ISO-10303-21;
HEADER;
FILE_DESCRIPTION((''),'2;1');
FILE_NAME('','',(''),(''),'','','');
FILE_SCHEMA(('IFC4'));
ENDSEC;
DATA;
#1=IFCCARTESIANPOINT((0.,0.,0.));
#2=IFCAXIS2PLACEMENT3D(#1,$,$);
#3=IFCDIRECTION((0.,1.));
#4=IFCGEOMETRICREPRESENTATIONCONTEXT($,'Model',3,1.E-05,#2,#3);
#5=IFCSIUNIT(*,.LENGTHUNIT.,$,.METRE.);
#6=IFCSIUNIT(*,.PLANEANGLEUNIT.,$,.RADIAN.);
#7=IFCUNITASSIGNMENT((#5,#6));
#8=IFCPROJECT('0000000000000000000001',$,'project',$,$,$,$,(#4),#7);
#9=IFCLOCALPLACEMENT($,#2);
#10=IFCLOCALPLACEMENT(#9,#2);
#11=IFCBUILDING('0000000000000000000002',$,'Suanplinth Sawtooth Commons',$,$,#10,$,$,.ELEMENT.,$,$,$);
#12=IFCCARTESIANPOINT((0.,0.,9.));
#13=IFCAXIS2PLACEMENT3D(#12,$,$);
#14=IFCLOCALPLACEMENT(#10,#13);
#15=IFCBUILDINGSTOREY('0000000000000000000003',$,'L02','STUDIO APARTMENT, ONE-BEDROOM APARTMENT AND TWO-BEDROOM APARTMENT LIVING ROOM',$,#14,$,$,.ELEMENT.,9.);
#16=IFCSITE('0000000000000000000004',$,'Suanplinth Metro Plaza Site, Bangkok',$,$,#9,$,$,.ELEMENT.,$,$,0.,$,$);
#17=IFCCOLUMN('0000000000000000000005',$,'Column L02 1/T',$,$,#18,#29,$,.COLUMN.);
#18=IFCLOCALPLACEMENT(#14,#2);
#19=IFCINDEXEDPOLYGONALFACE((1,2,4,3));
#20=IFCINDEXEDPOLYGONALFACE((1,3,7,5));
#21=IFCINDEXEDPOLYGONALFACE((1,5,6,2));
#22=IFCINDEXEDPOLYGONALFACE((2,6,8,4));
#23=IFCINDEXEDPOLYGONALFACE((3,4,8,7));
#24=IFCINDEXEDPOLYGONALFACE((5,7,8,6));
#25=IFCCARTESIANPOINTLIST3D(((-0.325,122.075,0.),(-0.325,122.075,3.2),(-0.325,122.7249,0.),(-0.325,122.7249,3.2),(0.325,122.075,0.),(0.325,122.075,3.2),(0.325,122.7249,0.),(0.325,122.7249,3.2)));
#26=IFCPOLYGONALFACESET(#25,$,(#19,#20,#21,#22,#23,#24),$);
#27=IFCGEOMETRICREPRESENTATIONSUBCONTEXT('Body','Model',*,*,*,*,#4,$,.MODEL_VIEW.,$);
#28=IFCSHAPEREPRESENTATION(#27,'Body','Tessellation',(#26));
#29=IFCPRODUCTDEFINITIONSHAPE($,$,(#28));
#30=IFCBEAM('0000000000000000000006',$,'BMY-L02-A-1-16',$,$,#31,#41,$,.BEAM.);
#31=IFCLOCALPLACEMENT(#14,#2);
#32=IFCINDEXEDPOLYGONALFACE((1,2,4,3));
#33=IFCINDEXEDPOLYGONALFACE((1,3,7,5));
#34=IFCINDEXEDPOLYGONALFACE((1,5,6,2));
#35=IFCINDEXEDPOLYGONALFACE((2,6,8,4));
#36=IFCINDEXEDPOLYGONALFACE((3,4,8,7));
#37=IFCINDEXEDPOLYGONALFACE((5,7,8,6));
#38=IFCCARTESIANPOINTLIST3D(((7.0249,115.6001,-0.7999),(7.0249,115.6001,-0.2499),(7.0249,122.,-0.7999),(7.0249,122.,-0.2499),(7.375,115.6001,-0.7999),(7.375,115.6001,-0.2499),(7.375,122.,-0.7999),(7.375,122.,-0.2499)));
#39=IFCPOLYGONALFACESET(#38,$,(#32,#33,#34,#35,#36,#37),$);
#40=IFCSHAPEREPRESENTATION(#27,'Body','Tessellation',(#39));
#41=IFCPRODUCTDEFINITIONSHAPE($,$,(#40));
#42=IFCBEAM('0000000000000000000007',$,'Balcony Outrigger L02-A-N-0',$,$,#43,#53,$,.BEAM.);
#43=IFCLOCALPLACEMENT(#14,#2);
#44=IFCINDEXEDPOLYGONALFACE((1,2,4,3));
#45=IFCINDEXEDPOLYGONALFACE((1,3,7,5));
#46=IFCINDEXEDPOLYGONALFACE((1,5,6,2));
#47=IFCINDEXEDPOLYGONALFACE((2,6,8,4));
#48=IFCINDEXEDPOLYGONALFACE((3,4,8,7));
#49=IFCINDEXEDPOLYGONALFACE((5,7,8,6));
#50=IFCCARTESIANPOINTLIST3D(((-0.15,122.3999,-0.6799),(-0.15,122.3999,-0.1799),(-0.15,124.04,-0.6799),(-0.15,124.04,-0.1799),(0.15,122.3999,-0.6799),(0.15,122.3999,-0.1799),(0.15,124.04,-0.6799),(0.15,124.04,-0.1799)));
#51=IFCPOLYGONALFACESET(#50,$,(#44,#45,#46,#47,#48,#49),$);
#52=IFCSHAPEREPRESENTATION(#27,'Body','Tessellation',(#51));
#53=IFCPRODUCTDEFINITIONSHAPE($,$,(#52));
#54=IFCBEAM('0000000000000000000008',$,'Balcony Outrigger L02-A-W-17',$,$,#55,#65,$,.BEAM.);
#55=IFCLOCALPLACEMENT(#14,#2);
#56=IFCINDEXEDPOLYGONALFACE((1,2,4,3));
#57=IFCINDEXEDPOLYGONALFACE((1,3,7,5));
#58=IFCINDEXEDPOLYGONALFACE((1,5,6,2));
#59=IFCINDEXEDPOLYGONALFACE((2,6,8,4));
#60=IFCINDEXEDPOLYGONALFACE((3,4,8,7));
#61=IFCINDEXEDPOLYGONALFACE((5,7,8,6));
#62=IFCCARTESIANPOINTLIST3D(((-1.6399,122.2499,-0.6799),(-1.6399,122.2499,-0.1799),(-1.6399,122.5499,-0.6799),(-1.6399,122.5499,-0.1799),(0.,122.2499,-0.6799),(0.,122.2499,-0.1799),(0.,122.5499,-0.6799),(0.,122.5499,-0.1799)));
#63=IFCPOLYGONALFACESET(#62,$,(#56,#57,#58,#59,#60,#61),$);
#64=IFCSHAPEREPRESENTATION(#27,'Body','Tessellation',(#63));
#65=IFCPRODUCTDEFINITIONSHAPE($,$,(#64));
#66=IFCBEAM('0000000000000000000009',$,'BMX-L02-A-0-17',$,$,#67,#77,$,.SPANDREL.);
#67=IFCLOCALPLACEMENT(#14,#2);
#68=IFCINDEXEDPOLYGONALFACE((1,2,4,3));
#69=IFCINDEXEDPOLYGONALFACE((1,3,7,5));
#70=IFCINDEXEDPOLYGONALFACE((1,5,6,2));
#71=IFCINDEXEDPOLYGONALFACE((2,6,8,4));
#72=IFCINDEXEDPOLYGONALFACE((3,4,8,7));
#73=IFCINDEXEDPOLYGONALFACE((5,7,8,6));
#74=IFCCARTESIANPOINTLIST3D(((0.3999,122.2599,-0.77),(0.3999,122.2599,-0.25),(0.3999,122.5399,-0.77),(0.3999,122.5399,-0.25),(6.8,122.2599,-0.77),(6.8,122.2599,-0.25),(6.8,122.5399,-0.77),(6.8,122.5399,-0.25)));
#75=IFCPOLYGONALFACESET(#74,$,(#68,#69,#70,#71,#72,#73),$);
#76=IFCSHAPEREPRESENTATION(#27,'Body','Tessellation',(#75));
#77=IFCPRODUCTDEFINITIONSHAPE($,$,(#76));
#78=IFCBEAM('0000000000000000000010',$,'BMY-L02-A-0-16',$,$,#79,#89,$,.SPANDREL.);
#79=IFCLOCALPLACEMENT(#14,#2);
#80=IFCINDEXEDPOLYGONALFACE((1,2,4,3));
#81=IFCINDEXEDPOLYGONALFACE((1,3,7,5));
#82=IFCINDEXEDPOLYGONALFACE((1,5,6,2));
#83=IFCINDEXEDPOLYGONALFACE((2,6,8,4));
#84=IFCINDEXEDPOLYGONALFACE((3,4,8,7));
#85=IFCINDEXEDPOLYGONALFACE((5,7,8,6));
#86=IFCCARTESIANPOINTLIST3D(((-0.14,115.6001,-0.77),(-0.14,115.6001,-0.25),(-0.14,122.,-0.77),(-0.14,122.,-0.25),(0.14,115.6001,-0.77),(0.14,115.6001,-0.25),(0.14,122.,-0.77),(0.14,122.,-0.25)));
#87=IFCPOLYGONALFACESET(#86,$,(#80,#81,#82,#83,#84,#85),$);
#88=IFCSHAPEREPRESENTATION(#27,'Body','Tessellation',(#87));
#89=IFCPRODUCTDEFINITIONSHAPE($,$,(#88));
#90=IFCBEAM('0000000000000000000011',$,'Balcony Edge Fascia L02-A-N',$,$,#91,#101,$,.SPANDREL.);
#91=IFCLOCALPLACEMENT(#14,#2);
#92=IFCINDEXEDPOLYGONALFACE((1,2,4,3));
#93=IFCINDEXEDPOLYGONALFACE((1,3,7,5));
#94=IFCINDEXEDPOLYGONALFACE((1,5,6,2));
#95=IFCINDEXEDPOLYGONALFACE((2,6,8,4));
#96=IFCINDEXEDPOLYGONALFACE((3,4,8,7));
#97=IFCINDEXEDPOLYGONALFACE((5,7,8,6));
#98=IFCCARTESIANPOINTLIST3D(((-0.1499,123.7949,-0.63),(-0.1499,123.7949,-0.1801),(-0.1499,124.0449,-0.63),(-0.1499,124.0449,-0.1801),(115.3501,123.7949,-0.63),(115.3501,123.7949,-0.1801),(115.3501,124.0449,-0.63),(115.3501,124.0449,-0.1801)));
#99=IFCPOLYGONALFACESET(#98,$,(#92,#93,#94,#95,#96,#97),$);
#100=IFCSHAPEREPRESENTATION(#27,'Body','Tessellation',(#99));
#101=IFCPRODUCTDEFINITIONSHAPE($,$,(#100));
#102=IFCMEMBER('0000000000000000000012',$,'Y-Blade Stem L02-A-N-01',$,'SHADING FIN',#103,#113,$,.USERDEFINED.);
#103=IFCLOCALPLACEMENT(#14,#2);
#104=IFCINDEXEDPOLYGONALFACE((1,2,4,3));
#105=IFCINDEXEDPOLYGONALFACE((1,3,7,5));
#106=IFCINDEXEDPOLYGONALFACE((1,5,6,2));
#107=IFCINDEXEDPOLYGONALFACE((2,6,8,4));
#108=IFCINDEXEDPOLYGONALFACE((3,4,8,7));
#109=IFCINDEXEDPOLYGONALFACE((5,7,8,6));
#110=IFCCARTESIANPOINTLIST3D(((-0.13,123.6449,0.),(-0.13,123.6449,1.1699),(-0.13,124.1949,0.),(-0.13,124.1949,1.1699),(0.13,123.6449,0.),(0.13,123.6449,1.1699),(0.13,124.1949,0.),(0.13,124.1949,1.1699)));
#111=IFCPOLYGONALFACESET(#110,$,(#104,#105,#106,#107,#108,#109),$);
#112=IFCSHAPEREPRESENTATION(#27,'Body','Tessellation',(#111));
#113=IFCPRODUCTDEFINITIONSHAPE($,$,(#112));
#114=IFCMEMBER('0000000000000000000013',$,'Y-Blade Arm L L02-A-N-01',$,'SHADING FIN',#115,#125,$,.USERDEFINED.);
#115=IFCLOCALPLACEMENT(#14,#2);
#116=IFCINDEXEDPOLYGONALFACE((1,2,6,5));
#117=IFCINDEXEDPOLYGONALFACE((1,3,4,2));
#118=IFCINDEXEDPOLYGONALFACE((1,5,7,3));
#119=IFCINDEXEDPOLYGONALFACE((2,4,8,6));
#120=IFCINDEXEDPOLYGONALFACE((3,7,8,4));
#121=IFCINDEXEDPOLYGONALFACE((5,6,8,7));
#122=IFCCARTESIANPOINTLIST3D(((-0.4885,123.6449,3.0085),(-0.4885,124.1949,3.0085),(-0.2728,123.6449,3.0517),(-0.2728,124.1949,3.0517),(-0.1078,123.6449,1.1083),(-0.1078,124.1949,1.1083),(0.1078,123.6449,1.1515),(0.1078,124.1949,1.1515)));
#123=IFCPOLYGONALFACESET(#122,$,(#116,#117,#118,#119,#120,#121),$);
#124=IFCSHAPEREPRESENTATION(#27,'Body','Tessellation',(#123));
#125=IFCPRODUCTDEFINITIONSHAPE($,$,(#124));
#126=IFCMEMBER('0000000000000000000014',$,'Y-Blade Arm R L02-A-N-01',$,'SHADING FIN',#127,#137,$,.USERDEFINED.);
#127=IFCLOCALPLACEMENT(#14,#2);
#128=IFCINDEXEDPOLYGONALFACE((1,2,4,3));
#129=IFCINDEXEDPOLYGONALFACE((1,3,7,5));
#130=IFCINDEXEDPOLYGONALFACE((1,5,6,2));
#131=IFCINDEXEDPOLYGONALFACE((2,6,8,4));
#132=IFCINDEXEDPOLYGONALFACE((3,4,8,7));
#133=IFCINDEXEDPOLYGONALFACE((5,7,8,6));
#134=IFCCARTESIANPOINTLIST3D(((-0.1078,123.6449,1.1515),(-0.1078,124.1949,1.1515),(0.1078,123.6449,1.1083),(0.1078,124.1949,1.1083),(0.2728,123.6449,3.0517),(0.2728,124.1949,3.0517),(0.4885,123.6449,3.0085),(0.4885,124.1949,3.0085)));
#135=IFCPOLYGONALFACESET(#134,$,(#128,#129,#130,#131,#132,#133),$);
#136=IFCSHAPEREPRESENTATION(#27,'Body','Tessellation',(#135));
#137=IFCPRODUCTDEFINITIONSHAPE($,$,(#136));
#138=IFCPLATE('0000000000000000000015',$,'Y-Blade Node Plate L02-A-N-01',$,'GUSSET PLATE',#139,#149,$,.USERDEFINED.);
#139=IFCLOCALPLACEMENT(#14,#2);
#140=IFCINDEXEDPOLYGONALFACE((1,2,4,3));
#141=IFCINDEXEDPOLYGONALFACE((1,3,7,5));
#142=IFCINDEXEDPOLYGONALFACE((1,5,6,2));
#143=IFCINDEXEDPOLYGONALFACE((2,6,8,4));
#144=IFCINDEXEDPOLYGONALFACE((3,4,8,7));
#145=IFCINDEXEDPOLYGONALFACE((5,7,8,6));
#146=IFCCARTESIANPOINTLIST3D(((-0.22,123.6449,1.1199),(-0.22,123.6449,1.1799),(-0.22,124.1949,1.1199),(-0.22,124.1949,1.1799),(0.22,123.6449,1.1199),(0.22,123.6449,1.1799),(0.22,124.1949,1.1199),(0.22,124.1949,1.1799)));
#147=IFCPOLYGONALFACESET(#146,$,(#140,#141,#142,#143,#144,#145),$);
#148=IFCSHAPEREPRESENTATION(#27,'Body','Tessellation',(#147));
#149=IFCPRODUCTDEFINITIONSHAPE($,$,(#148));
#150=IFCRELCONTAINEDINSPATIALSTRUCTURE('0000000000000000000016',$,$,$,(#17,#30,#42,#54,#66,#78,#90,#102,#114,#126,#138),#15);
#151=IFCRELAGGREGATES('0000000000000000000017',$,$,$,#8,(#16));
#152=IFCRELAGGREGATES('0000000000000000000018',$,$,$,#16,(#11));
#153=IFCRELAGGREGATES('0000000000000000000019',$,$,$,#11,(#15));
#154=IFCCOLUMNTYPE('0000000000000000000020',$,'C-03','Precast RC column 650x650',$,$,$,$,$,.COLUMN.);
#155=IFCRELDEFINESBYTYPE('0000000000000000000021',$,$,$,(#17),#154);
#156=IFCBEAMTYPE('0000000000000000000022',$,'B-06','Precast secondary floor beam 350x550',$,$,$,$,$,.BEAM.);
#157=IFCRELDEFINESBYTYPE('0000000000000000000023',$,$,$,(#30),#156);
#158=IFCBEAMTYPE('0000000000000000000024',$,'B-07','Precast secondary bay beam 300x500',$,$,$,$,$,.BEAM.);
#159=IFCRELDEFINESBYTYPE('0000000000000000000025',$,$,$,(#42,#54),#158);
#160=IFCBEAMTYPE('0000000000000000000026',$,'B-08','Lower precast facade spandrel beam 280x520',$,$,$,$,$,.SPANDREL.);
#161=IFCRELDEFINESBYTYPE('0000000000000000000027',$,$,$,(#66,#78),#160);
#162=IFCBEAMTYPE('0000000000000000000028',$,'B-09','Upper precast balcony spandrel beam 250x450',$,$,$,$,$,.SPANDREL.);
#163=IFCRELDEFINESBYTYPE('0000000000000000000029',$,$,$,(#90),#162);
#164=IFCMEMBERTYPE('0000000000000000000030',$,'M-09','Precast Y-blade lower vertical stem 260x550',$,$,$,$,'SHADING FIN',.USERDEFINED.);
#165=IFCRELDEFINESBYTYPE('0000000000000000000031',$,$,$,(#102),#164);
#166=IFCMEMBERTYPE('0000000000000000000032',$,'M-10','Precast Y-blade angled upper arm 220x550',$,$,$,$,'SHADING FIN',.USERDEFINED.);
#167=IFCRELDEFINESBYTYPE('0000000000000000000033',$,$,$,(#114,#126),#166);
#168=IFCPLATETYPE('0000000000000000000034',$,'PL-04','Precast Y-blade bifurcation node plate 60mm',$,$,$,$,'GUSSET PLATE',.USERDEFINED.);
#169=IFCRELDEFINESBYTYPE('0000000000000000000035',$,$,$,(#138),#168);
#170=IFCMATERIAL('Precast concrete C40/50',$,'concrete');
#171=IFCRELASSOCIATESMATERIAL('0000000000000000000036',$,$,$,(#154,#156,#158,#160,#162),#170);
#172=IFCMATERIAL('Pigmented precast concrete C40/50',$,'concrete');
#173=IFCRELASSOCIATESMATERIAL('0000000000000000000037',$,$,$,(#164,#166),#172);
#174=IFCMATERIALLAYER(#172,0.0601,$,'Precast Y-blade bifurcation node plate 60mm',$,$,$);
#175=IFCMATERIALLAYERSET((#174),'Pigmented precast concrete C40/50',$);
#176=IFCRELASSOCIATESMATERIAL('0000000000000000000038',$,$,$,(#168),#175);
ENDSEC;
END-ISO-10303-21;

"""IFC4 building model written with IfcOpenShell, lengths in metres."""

from ifc_helpers import new_model, si_unit, direction, frame, origin, origin_2d, place, context, subcontext, project, spatial, rectangle, extrude, material, layer, layer_set, material_profile, profile_set, type_object, element, save


model = new_model("IFC4")

# Units and contexts
model_context = context("Model", 3, precision=1e-05, world=origin(), true_north=direction((0.0, 1.0)))
body_context = subcontext(model_context, "Body", "Model", "MODEL_VIEW")
ifc_project = project(units=[si_unit("LENGTHUNIT", "METRE"), si_unit("PLANEANGLEUNIT", "RADIAN")], contexts=[model_context])

# Site, building, storey
site_placement = place(None, origin())
site = spatial("IfcSite", under=ifc_project, at=site_placement, Name="Suanplinth Metro Plaza Site, Bangkok", CompositionType="ELEMENT", RefElevation=0.0)
building_placement = place(site_placement, origin())
building = spatial("IfcBuilding", under=site, at=building_placement, Name="Suanplinth Sawtooth Commons", CompositionType="ELEMENT")
storey_placement = place(building_placement, frame((0.0, 0.0, 9.0)))
storey = spatial("IfcBuildingStorey", under=building, at=storey_placement, Name="L02", Description="STUDIO APARTMENT, ONE-BEDROOM APARTMENT AND TWO-BEDROOM APARTMENT LIVING ROOM", CompositionType="ELEMENT", Elevation=9.0)

# Column
ifc_material_1 = material(Name="Precast concrete C40/50", Category="concrete")
ifc_material_profile_1 = material_profile(ifc_material_1, rectangle(XDim=0.6499, YDim=0.6499, at=origin_2d()), Name="PC-COL 650x650")
ifc_profile_set_1 = profile_set([ifc_material_profile_1], Name="Precast concrete C40/50")
column_type = type_object("IfcColumnType", Name="C-03", Description="Precast RC column 650x650", PredefinedType="COLUMN", material=ifc_profile_set_1)
column_placement = place(storey_placement, frame((0.0, 122.3999, 0.0), z_axis=(0.0, 0.0, 1.0), x_axis=(1.0, 0.0, 0.0)))
element("IfcColumn", 1, at=column_placement, inside=storey, type_object=column_type, Name="Column L02 1/T", PredefinedType="COLUMN", context=body_context, shape_type="SweptSolid", body=[
    extrude(rectangle(XDim=0.6499, YDim=0.6499, at=origin_2d()), origin(), (0.0, 0.0, 1.0), 3.2),
])

# Beams
ifc_material_profile_2 = material_profile(ifc_material_1, rectangle(XDim=0.3501, YDim=0.55, at=origin_2d()), Name="PC-BM 350x550")
ifc_profile_set_2 = profile_set([ifc_material_profile_2], Name="Precast concrete C40/50")
beam_type_1 = type_object("IfcBeamType", Name="B-06", Description="Precast secondary floor beam 350x550", PredefinedType="BEAM", material=ifc_profile_set_2)
beam_1_placement = place(storey_placement, frame((7.2, 115.6001, -0.5249), z_axis=(0.0, 1.0, 0.0), x_axis=(-1.0, 0.0, 0.0)))
element("IfcBeam", 2, at=beam_1_placement, inside=storey, type_object=beam_type_1, Name="BMY-L02-A-1-16", PredefinedType="BEAM", context=body_context, shape_type="SweptSolid", body=[
    extrude(rectangle(XDim=0.3501, YDim=0.55, at=origin_2d()), origin(), (0.0, 0.0, 1.0), 6.3999),
])
ifc_material_profile_3 = material_profile(ifc_material_1, rectangle(XDim=0.3, YDim=0.5, at=origin_2d()), Name="PC-BM 300x500")
ifc_profile_set_3 = profile_set([ifc_material_profile_3], Name="Precast concrete C40/50")
beam_type_2 = type_object("IfcBeamType", Name="B-07", Description="Precast secondary bay beam 300x500", PredefinedType="BEAM", material=ifc_profile_set_3)
beam_2_placement = place(storey_placement, frame((0.0, 122.3999, -0.4299), z_axis=(0.0, 1.0, 0.0), x_axis=(-1.0, 0.0, 0.0)))
element("IfcBeam", 3, at=beam_2_placement, inside=storey, type_object=beam_type_2, Name="Balcony Outrigger L02-A-N-0", PredefinedType="BEAM", context=body_context, shape_type="SweptSolid", body=[
    extrude(rectangle(XDim=0.3, YDim=0.5, at=origin_2d()), origin(), (0.0, 0.0, 1.0), 1.6401),
])
beam_3_placement = place(storey_placement, frame((0.0, 122.3999, -0.4299), z_axis=(-1.0, 0.0, 0.0), x_axis=(0.0, -1.0, 0.0)))
element("IfcBeam", 4, at=beam_3_placement, inside=storey, type_object=beam_type_2, Name="Balcony Outrigger L02-A-W-17", PredefinedType="BEAM", context=body_context, shape_type="SweptSolid", body=[
    extrude(rectangle(XDim=0.3, YDim=0.5, at=origin_2d()), origin(), (0.0, 0.0, 1.0), 1.6399),
])
ifc_material_profile_4 = material_profile(ifc_material_1, rectangle(XDim=0.28, YDim=0.52, at=origin_2d()), Name="PC-SP 280x520")
ifc_profile_set_4 = profile_set([ifc_material_profile_4], Name="Precast concrete C40/50")
beam_type_3 = type_object("IfcBeamType", Name="B-08", Description="Lower precast facade spandrel beam 280x520", PredefinedType="SPANDREL", material=ifc_profile_set_4)
beam_4_placement = place(storey_placement, frame((0.3999, 122.3999, -0.51), z_axis=(1.0, 0.0, 0.0), x_axis=(0.0, 1.0, 0.0)))
element("IfcBeam", 5, at=beam_4_placement, inside=storey, type_object=beam_type_3, Name="BMX-L02-A-0-17", PredefinedType="SPANDREL", context=body_context, shape_type="SweptSolid", body=[
    extrude(rectangle(XDim=0.28, YDim=0.52, at=origin_2d()), origin(), (0.0, 0.0, 1.0), 6.4001),
])
beam_5_placement = place(storey_placement, frame((0.0, 115.6001, -0.51), z_axis=(0.0, 1.0, 0.0), x_axis=(-1.0, 0.0, 0.0)))
element("IfcBeam", 6, at=beam_5_placement, inside=storey, type_object=beam_type_3, Name="BMY-L02-A-0-16", PredefinedType="SPANDREL", context=body_context, shape_type="SweptSolid", body=[
    extrude(rectangle(XDim=0.28, YDim=0.52, at=origin_2d()), origin(), (0.0, 0.0, 1.0), 6.3999),
])
ifc_material_profile_5 = material_profile(ifc_material_1, rectangle(XDim=0.25, YDim=0.45, at=origin_2d()), Name="PC-SP 250x450")
ifc_profile_set_5 = profile_set([ifc_material_profile_5], Name="Precast concrete C40/50")
beam_type_4 = type_object("IfcBeamType", Name="B-09", Description="Upper precast balcony spandrel beam 250x450", PredefinedType="SPANDREL", material=ifc_profile_set_5)
beam_6_placement = place(storey_placement, frame((-0.1499, 123.9199, -0.405), z_axis=(1.0, 0.0, 0.0), x_axis=(0.0, 1.0, 0.0)))
element("IfcBeam", 7, at=beam_6_placement, inside=storey, type_object=beam_type_4, Name="Balcony Edge Fascia L02-A-N", PredefinedType="SPANDREL", context=body_context, shape_type="SweptSolid", body=[
    extrude(rectangle(XDim=0.25, YDim=0.45, at=origin_2d()), origin(), (0.0, 0.0, 1.0), 115.5),
])

# Members
ifc_material_2 = material(Name="Pigmented precast concrete C40/50", Category="concrete")
ifc_material_profile_6 = material_profile(ifc_material_2, rectangle(XDim=0.26, YDim=0.55, at=origin_2d()), Name="PC-FIN 260x550")
ifc_profile_set_6 = profile_set([ifc_material_profile_6], Name="Pigmented precast concrete C40/50")
member_type_1 = type_object("IfcMemberType", Name="M-09", Description="Precast Y-blade lower vertical stem 260x550", ElementType="SHADING FIN", PredefinedType="USERDEFINED", material=ifc_profile_set_6)
member_placement = place(storey_placement, frame((0.0, 123.9199, 0.0), z_axis=(0.0, 0.0, 1.0), x_axis=(1.0, 0.0, 0.0)))
element("IfcMember", 8, at=member_placement, inside=storey, type_object=member_type_1, Name="Y-Blade Stem L02-A-N-01", ObjectType="SHADING FIN", PredefinedType="USERDEFINED", context=body_context, shape_type="SweptSolid", body=[
    extrude(rectangle(XDim=0.26, YDim=0.55, at=origin_2d()), origin(), (0.0, 0.0, 1.0), 1.1699),
])
ifc_material_profile_7 = material_profile(ifc_material_2, rectangle(XDim=0.22, YDim=0.55, at=origin_2d()), Name="PC-FIN 220x550")
ifc_profile_set_7 = profile_set([ifc_material_profile_7], Name="Pigmented precast concrete C40/50")
member_type_2 = type_object("IfcMemberType", Name="M-10", Description="Precast Y-blade angled upper arm 220x550", ElementType="SHADING FIN", PredefinedType="USERDEFINED", material=ifc_profile_set_7)
for number, where, z_axis, x_axis, name in (
    (9, (0.0, 123.9199, 1.1299), (-0.196407, 0.0, 0.980522), (0.980522, 0.0, 0.196407), "Y-Blade Arm L L02-A-N-01"),
    (10, (0.0, 123.9199, 1.1299), (0.196407, 0.0, 0.980522), (-0.980522, 0.0, 0.196407), "Y-Blade Arm R L02-A-N-01"),
):
    element("IfcMember", number, at=place(storey_placement, frame(where, z_axis=z_axis, x_axis=x_axis)), inside=storey, type_object=member_type_2, Name=name, ObjectType="SHADING FIN", PredefinedType="USERDEFINED", context=body_context, shape_type="SweptSolid", body=[
        extrude(rectangle(XDim=0.22, YDim=0.55, at=origin_2d()), origin(), (0.0, 0.0, 1.0), 1.938),
    ])

# Plate
ifc_layer_1 = layer(ifc_material_2, 0.0601, Name="Precast Y-blade bifurcation node plate 60mm")
ifc_layer_set_1 = layer_set([ifc_layer_1], Name="Pigmented precast concrete C40/50")
plate_type = type_object("IfcPlateType", Name="PL-04", Description="Precast Y-blade bifurcation node plate 60mm", ElementType="GUSSET PLATE", PredefinedType="USERDEFINED", material=ifc_layer_set_1)
plate_placement = place(storey_placement, frame((0.0, 123.9199, 1.1199), z_axis=(0.0, 0.0, 1.0), x_axis=(1.0, 0.0, 0.0)))
element("IfcPlate", 11, at=plate_placement, inside=storey, type_object=plate_type, Name="Y-Blade Node Plate L02-A-N-01", ObjectType="GUSSET PLATE", PredefinedType="USERDEFINED", context=body_context, shape_type="SweptSolid", body=[
    extrude(rectangle(XDim=0.4399, YDim=0.55, at=origin_2d()), origin(), (0.0, 0.0, 1.0), 0.0601),
])

save(model, "model.ifc")
